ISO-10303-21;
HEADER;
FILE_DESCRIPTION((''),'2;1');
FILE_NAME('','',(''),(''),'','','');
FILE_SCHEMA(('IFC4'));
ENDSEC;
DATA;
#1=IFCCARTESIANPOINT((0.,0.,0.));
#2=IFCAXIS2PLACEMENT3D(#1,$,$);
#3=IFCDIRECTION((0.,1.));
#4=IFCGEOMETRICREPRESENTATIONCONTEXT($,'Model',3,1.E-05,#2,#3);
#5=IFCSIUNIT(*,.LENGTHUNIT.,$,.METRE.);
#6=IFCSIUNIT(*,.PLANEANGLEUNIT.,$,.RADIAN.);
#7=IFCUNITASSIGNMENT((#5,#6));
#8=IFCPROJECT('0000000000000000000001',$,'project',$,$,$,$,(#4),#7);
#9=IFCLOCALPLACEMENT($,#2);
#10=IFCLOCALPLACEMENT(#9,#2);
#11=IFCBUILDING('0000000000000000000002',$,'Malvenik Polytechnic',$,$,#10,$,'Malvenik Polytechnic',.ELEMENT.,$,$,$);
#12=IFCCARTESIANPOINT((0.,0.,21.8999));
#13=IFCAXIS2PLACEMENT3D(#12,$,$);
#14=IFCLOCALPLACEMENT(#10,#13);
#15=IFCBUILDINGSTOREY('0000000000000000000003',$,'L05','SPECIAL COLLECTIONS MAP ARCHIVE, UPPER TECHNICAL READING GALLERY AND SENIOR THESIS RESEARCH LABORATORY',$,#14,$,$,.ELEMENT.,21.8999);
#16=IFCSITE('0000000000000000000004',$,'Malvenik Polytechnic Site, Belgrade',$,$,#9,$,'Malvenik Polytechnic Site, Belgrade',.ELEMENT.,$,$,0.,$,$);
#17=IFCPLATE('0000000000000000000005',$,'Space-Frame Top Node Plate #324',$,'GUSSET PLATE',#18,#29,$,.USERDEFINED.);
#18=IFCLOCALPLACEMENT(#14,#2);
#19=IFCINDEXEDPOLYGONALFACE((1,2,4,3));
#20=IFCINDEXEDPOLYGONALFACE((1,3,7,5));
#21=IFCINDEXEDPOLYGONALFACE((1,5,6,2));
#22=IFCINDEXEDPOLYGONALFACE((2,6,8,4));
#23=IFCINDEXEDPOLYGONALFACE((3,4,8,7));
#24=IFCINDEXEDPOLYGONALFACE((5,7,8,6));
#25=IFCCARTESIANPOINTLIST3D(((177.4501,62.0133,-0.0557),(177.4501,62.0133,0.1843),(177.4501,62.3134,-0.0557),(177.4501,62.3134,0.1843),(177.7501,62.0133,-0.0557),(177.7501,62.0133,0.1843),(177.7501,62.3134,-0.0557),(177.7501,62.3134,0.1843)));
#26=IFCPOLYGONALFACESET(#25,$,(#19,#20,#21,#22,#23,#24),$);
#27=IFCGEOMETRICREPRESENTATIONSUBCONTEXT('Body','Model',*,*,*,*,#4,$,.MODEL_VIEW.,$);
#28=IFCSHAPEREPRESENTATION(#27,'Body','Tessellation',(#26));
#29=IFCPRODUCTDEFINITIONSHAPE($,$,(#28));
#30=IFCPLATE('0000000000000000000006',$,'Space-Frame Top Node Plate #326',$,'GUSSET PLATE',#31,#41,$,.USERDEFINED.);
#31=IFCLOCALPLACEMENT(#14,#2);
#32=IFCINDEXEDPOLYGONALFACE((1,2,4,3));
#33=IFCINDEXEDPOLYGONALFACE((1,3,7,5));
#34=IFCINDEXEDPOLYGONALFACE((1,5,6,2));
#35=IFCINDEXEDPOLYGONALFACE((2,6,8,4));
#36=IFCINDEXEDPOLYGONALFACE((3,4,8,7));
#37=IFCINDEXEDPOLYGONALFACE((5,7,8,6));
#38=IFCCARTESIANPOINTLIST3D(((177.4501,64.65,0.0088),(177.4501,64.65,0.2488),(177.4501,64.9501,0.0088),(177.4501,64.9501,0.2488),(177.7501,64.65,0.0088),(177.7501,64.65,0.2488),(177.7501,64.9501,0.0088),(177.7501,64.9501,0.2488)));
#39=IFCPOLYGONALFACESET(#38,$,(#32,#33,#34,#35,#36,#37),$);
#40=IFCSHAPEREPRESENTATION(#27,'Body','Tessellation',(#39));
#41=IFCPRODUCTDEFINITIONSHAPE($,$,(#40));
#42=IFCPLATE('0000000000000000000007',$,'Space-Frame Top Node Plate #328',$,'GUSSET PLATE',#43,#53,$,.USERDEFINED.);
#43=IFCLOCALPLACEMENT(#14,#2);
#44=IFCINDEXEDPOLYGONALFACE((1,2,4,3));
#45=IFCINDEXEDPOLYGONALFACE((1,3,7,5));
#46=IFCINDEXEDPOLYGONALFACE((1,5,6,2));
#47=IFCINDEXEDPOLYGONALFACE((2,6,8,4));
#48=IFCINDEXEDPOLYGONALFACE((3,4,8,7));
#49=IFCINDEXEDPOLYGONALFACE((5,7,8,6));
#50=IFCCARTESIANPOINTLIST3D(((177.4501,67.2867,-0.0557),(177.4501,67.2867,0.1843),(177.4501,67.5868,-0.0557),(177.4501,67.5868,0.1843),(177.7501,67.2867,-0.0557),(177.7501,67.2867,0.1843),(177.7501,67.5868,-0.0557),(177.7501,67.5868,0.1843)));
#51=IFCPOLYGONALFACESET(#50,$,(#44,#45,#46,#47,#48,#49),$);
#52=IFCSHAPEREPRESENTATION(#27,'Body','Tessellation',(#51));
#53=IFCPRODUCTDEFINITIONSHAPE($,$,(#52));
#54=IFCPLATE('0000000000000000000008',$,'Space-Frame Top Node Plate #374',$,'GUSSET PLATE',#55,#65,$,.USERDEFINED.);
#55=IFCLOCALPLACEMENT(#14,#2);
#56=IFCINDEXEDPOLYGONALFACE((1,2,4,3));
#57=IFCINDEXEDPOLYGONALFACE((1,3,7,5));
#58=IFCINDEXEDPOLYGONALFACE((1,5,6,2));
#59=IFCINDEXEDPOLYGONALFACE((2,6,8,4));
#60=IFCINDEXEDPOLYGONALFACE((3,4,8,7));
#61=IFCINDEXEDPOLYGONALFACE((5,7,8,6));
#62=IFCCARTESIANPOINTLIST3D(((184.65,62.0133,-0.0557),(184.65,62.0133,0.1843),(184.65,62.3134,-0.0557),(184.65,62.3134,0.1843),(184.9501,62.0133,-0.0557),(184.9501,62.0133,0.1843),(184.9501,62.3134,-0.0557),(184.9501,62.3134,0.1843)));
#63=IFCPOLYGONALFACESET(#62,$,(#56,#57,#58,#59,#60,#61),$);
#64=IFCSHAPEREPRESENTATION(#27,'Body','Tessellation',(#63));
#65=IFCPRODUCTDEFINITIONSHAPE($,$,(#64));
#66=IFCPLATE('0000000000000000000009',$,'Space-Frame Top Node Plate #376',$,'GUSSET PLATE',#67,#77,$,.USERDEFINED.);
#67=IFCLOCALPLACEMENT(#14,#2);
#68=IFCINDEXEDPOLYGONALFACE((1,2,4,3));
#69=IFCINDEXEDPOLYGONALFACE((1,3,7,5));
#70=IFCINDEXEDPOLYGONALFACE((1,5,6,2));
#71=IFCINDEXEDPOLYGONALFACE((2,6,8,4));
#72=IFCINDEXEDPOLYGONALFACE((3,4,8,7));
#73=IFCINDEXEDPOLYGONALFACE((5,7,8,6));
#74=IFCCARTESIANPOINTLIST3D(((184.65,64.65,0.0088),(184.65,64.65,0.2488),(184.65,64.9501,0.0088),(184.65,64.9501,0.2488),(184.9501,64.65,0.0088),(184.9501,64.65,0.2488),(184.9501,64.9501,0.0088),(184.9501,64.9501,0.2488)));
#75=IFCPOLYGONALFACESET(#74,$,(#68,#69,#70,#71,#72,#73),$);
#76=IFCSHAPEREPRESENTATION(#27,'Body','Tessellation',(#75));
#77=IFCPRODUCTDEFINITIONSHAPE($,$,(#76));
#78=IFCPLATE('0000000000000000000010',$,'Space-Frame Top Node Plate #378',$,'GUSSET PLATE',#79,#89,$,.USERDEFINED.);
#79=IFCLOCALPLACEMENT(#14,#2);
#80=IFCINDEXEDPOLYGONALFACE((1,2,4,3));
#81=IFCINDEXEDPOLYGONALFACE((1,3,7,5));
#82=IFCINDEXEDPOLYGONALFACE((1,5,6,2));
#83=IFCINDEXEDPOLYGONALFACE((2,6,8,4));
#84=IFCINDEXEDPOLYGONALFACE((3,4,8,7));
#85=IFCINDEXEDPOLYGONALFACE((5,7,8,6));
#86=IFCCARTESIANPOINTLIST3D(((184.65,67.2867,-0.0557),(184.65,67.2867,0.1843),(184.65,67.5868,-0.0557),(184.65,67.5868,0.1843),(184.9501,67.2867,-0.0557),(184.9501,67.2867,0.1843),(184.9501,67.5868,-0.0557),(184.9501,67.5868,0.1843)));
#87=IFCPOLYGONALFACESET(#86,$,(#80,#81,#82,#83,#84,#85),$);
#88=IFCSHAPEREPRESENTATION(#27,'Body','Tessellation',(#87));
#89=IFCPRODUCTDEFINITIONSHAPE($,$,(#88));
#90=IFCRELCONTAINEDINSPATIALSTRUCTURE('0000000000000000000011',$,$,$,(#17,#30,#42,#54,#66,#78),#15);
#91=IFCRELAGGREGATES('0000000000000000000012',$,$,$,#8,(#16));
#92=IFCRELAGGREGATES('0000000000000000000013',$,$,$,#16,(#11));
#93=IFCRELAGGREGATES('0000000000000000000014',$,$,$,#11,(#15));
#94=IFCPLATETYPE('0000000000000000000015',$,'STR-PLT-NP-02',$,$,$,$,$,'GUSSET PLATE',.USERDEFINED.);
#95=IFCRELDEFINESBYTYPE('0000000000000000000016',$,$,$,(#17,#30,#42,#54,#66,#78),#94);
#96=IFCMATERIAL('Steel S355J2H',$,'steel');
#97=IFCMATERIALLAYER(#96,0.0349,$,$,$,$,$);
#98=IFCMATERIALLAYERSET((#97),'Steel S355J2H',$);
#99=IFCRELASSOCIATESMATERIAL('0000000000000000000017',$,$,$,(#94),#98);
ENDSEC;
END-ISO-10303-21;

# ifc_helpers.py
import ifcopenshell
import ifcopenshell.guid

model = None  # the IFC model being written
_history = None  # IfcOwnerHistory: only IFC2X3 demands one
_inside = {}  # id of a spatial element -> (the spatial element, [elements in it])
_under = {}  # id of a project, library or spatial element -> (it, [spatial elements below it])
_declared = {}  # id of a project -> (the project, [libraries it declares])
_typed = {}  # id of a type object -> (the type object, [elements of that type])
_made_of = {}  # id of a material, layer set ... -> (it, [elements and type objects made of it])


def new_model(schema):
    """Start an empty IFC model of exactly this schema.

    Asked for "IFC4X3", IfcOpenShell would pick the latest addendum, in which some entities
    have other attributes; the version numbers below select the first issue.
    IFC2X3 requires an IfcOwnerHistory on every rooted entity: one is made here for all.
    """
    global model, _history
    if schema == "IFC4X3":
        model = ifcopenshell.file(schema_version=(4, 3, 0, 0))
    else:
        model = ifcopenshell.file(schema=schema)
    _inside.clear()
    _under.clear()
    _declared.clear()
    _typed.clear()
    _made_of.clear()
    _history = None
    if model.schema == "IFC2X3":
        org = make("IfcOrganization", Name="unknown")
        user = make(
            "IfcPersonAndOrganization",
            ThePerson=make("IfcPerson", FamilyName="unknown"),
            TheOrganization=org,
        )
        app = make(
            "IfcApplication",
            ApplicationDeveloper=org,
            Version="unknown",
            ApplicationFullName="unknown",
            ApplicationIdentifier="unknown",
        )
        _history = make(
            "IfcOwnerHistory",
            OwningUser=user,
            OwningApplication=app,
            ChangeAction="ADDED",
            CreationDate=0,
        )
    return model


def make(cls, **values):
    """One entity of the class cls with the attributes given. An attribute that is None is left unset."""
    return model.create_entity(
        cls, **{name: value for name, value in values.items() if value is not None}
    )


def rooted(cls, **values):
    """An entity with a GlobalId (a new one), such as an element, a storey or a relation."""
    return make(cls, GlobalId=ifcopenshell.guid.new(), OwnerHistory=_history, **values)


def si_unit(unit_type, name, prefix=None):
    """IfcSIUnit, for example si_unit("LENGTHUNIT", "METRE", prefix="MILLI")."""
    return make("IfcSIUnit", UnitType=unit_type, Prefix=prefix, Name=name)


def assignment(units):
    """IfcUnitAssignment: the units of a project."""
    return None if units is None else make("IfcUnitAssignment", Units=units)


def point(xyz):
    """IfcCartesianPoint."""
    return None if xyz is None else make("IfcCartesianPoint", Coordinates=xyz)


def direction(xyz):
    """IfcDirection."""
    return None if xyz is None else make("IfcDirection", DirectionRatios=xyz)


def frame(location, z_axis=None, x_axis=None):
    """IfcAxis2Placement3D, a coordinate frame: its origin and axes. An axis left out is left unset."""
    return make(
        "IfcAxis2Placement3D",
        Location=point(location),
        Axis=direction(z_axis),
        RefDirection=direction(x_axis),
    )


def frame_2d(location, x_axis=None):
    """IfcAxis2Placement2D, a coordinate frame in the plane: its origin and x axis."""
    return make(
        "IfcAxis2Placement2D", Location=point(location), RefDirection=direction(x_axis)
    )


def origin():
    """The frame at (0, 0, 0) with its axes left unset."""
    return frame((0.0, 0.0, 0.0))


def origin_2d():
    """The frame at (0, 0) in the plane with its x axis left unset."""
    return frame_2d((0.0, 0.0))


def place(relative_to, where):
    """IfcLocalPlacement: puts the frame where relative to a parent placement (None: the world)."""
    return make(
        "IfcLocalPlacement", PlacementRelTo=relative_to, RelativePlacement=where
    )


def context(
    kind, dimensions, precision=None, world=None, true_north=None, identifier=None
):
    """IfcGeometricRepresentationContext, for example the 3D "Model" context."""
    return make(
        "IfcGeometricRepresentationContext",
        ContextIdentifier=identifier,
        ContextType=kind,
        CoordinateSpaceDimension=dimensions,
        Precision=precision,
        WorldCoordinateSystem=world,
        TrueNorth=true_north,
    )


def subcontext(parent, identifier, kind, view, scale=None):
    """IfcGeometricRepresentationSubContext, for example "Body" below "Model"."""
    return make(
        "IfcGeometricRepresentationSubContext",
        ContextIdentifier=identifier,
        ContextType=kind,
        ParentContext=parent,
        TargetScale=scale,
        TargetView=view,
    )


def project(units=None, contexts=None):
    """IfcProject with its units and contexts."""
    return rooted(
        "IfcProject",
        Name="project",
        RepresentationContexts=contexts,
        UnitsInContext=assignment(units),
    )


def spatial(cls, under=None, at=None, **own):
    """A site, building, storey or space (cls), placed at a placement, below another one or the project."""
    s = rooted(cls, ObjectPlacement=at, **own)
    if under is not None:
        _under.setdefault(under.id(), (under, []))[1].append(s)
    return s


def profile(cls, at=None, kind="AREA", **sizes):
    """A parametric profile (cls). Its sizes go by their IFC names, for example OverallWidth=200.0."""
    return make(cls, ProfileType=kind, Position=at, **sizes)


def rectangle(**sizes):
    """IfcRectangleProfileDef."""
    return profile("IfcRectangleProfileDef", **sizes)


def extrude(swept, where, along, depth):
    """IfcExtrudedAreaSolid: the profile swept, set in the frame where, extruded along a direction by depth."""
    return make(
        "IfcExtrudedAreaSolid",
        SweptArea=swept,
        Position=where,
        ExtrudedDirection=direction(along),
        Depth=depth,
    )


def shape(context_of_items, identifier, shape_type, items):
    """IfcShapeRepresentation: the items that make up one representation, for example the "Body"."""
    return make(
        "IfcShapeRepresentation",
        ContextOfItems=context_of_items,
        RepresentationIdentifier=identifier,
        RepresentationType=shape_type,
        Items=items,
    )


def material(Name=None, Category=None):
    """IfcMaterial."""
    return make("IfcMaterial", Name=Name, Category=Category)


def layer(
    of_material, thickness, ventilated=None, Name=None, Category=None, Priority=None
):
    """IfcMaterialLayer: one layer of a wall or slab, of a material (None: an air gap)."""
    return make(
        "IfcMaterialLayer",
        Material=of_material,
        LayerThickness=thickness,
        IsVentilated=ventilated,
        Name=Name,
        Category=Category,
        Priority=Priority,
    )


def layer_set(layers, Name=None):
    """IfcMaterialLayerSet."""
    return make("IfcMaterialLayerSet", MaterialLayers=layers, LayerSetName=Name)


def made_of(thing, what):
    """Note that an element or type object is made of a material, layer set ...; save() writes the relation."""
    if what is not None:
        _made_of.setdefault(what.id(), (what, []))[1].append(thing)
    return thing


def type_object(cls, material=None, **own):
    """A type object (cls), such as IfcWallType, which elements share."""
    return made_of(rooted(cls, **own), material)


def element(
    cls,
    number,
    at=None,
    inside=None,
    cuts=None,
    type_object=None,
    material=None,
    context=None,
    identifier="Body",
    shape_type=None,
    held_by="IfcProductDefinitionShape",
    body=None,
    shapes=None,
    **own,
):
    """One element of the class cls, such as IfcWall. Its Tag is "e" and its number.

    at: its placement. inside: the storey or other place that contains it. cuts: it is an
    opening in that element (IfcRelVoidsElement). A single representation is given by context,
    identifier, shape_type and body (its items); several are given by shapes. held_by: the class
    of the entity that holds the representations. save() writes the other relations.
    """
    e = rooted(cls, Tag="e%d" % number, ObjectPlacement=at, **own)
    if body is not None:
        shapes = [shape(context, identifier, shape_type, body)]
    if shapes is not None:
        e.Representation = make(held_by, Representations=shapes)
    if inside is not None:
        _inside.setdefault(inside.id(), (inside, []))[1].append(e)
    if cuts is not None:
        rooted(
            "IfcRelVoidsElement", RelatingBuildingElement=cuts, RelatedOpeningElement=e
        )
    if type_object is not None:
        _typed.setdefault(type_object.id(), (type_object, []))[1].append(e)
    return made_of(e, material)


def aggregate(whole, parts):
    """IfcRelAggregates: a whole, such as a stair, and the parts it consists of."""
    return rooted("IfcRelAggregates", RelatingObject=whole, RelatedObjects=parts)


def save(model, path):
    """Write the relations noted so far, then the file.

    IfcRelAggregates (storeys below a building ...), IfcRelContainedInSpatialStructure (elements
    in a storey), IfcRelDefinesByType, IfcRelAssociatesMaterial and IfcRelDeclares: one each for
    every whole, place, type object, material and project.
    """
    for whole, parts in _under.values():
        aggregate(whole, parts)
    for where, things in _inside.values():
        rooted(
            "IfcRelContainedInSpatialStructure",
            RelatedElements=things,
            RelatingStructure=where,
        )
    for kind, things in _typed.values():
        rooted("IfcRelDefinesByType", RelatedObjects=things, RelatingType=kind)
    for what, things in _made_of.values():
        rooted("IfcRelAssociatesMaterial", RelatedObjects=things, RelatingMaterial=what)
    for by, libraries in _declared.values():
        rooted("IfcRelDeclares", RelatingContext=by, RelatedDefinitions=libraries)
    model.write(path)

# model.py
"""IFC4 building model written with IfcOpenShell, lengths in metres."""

from ifc_helpers import new_model, si_unit, direction, frame, origin, origin_2d, place, context, subcontext, project, spatial, rectangle, extrude, material, layer, layer_set, type_object, element, save


model = new_model("IFC4")

# Units and contexts
model_context = context("Model", 3, precision=1e-05, world=origin(), true_north=direction((0.0, 1.0)))
body_context = subcontext(model_context, "Body", "Model", "MODEL_VIEW")
ifc_project = project(units=[si_unit("LENGTHUNIT", "METRE"), si_unit("PLANEANGLEUNIT", "RADIAN")], contexts=[model_context])

# Site, building, storey
site_placement = place(None, origin())
site = spatial("IfcSite", under=ifc_project, at=site_placement, Name="Malvenik Polytechnic Site, Belgrade", LongName="Malvenik Polytechnic Site, Belgrade", CompositionType="ELEMENT", RefElevation=0.0)
building_placement = place(site_placement, origin())
building = spatial("IfcBuilding", under=site, at=building_placement, Name="Malvenik Polytechnic", LongName="Malvenik Polytechnic", CompositionType="ELEMENT")
storey_placement = place(building_placement, frame((0.0, 0.0, 21.8999)))
storey = spatial("IfcBuildingStorey", under=building, at=storey_placement, Name="L05", Description="SPECIAL COLLECTIONS MAP ARCHIVE, UPPER TECHNICAL READING GALLERY AND SENIOR THESIS RESEARCH LABORATORY", CompositionType="ELEMENT", Elevation=21.8999)

# Shared definitions
ifc_material = material(Name="Steel S355J2H", Category="steel")

# Plates
ifc_layer = layer(ifc_material, 0.0349)
ifc_layer_set = layer_set([ifc_layer], Name="Steel S355J2H")
plate_type = type_object("IfcPlateType", Name="STR-PLT-NP-02", ElementType="GUSSET PLATE", PredefinedType="USERDEFINED", material=ifc_layer_set)
for number, where, z_axis, x_axis, name in (
    (1, (177.6001, 62.1633, -0.0557), (0.0, 0.0, 1.0), (1.0, 0.0, 0.0), "Space-Frame Top Node Plate #324"),
    (2, (177.6001, 64.8, 0.0088), (0.0, 0.0, 1.0), (1.0, 0.0, 0.0), "Space-Frame Top Node Plate #326"),
    (3, (177.6001, 67.4368, -0.0557), (0.0, 0.0, 1.0), (1.0, 0.0, 0.0), "Space-Frame Top Node Plate #328"),
    (4, (184.8, 62.1633, -0.0557), (0.0, 0.0, 1.0), (1.0, 0.0, 0.0), "Space-Frame Top Node Plate #374"),
    (5, (184.8, 64.8, 0.0088), (0.0, 0.0, 1.0), (1.0, 0.0, 0.0), "Space-Frame Top Node Plate #376"),
    (6, (184.8, 67.4368, -0.0557), (0.0, 0.0, 1.0), (1.0, 0.0, 0.0), "Space-Frame Top Node Plate #378"),
):
    element("IfcPlate", number, at=place(storey_placement, frame(where, z_axis=z_axis, x_axis=x_axis)), inside=storey, type_object=plate_type, Name=name, ObjectType="GUSSET PLATE", PredefinedType="USERDEFINED", context=body_context, shape_type="SweptSolid", body=[
        extrude(rectangle(XDim=0.3, YDim=0.3, at=origin_2d()), origin(), (0.0, 0.0, 1.0), 0.24),
    ])

save(model, "model.ifc")
